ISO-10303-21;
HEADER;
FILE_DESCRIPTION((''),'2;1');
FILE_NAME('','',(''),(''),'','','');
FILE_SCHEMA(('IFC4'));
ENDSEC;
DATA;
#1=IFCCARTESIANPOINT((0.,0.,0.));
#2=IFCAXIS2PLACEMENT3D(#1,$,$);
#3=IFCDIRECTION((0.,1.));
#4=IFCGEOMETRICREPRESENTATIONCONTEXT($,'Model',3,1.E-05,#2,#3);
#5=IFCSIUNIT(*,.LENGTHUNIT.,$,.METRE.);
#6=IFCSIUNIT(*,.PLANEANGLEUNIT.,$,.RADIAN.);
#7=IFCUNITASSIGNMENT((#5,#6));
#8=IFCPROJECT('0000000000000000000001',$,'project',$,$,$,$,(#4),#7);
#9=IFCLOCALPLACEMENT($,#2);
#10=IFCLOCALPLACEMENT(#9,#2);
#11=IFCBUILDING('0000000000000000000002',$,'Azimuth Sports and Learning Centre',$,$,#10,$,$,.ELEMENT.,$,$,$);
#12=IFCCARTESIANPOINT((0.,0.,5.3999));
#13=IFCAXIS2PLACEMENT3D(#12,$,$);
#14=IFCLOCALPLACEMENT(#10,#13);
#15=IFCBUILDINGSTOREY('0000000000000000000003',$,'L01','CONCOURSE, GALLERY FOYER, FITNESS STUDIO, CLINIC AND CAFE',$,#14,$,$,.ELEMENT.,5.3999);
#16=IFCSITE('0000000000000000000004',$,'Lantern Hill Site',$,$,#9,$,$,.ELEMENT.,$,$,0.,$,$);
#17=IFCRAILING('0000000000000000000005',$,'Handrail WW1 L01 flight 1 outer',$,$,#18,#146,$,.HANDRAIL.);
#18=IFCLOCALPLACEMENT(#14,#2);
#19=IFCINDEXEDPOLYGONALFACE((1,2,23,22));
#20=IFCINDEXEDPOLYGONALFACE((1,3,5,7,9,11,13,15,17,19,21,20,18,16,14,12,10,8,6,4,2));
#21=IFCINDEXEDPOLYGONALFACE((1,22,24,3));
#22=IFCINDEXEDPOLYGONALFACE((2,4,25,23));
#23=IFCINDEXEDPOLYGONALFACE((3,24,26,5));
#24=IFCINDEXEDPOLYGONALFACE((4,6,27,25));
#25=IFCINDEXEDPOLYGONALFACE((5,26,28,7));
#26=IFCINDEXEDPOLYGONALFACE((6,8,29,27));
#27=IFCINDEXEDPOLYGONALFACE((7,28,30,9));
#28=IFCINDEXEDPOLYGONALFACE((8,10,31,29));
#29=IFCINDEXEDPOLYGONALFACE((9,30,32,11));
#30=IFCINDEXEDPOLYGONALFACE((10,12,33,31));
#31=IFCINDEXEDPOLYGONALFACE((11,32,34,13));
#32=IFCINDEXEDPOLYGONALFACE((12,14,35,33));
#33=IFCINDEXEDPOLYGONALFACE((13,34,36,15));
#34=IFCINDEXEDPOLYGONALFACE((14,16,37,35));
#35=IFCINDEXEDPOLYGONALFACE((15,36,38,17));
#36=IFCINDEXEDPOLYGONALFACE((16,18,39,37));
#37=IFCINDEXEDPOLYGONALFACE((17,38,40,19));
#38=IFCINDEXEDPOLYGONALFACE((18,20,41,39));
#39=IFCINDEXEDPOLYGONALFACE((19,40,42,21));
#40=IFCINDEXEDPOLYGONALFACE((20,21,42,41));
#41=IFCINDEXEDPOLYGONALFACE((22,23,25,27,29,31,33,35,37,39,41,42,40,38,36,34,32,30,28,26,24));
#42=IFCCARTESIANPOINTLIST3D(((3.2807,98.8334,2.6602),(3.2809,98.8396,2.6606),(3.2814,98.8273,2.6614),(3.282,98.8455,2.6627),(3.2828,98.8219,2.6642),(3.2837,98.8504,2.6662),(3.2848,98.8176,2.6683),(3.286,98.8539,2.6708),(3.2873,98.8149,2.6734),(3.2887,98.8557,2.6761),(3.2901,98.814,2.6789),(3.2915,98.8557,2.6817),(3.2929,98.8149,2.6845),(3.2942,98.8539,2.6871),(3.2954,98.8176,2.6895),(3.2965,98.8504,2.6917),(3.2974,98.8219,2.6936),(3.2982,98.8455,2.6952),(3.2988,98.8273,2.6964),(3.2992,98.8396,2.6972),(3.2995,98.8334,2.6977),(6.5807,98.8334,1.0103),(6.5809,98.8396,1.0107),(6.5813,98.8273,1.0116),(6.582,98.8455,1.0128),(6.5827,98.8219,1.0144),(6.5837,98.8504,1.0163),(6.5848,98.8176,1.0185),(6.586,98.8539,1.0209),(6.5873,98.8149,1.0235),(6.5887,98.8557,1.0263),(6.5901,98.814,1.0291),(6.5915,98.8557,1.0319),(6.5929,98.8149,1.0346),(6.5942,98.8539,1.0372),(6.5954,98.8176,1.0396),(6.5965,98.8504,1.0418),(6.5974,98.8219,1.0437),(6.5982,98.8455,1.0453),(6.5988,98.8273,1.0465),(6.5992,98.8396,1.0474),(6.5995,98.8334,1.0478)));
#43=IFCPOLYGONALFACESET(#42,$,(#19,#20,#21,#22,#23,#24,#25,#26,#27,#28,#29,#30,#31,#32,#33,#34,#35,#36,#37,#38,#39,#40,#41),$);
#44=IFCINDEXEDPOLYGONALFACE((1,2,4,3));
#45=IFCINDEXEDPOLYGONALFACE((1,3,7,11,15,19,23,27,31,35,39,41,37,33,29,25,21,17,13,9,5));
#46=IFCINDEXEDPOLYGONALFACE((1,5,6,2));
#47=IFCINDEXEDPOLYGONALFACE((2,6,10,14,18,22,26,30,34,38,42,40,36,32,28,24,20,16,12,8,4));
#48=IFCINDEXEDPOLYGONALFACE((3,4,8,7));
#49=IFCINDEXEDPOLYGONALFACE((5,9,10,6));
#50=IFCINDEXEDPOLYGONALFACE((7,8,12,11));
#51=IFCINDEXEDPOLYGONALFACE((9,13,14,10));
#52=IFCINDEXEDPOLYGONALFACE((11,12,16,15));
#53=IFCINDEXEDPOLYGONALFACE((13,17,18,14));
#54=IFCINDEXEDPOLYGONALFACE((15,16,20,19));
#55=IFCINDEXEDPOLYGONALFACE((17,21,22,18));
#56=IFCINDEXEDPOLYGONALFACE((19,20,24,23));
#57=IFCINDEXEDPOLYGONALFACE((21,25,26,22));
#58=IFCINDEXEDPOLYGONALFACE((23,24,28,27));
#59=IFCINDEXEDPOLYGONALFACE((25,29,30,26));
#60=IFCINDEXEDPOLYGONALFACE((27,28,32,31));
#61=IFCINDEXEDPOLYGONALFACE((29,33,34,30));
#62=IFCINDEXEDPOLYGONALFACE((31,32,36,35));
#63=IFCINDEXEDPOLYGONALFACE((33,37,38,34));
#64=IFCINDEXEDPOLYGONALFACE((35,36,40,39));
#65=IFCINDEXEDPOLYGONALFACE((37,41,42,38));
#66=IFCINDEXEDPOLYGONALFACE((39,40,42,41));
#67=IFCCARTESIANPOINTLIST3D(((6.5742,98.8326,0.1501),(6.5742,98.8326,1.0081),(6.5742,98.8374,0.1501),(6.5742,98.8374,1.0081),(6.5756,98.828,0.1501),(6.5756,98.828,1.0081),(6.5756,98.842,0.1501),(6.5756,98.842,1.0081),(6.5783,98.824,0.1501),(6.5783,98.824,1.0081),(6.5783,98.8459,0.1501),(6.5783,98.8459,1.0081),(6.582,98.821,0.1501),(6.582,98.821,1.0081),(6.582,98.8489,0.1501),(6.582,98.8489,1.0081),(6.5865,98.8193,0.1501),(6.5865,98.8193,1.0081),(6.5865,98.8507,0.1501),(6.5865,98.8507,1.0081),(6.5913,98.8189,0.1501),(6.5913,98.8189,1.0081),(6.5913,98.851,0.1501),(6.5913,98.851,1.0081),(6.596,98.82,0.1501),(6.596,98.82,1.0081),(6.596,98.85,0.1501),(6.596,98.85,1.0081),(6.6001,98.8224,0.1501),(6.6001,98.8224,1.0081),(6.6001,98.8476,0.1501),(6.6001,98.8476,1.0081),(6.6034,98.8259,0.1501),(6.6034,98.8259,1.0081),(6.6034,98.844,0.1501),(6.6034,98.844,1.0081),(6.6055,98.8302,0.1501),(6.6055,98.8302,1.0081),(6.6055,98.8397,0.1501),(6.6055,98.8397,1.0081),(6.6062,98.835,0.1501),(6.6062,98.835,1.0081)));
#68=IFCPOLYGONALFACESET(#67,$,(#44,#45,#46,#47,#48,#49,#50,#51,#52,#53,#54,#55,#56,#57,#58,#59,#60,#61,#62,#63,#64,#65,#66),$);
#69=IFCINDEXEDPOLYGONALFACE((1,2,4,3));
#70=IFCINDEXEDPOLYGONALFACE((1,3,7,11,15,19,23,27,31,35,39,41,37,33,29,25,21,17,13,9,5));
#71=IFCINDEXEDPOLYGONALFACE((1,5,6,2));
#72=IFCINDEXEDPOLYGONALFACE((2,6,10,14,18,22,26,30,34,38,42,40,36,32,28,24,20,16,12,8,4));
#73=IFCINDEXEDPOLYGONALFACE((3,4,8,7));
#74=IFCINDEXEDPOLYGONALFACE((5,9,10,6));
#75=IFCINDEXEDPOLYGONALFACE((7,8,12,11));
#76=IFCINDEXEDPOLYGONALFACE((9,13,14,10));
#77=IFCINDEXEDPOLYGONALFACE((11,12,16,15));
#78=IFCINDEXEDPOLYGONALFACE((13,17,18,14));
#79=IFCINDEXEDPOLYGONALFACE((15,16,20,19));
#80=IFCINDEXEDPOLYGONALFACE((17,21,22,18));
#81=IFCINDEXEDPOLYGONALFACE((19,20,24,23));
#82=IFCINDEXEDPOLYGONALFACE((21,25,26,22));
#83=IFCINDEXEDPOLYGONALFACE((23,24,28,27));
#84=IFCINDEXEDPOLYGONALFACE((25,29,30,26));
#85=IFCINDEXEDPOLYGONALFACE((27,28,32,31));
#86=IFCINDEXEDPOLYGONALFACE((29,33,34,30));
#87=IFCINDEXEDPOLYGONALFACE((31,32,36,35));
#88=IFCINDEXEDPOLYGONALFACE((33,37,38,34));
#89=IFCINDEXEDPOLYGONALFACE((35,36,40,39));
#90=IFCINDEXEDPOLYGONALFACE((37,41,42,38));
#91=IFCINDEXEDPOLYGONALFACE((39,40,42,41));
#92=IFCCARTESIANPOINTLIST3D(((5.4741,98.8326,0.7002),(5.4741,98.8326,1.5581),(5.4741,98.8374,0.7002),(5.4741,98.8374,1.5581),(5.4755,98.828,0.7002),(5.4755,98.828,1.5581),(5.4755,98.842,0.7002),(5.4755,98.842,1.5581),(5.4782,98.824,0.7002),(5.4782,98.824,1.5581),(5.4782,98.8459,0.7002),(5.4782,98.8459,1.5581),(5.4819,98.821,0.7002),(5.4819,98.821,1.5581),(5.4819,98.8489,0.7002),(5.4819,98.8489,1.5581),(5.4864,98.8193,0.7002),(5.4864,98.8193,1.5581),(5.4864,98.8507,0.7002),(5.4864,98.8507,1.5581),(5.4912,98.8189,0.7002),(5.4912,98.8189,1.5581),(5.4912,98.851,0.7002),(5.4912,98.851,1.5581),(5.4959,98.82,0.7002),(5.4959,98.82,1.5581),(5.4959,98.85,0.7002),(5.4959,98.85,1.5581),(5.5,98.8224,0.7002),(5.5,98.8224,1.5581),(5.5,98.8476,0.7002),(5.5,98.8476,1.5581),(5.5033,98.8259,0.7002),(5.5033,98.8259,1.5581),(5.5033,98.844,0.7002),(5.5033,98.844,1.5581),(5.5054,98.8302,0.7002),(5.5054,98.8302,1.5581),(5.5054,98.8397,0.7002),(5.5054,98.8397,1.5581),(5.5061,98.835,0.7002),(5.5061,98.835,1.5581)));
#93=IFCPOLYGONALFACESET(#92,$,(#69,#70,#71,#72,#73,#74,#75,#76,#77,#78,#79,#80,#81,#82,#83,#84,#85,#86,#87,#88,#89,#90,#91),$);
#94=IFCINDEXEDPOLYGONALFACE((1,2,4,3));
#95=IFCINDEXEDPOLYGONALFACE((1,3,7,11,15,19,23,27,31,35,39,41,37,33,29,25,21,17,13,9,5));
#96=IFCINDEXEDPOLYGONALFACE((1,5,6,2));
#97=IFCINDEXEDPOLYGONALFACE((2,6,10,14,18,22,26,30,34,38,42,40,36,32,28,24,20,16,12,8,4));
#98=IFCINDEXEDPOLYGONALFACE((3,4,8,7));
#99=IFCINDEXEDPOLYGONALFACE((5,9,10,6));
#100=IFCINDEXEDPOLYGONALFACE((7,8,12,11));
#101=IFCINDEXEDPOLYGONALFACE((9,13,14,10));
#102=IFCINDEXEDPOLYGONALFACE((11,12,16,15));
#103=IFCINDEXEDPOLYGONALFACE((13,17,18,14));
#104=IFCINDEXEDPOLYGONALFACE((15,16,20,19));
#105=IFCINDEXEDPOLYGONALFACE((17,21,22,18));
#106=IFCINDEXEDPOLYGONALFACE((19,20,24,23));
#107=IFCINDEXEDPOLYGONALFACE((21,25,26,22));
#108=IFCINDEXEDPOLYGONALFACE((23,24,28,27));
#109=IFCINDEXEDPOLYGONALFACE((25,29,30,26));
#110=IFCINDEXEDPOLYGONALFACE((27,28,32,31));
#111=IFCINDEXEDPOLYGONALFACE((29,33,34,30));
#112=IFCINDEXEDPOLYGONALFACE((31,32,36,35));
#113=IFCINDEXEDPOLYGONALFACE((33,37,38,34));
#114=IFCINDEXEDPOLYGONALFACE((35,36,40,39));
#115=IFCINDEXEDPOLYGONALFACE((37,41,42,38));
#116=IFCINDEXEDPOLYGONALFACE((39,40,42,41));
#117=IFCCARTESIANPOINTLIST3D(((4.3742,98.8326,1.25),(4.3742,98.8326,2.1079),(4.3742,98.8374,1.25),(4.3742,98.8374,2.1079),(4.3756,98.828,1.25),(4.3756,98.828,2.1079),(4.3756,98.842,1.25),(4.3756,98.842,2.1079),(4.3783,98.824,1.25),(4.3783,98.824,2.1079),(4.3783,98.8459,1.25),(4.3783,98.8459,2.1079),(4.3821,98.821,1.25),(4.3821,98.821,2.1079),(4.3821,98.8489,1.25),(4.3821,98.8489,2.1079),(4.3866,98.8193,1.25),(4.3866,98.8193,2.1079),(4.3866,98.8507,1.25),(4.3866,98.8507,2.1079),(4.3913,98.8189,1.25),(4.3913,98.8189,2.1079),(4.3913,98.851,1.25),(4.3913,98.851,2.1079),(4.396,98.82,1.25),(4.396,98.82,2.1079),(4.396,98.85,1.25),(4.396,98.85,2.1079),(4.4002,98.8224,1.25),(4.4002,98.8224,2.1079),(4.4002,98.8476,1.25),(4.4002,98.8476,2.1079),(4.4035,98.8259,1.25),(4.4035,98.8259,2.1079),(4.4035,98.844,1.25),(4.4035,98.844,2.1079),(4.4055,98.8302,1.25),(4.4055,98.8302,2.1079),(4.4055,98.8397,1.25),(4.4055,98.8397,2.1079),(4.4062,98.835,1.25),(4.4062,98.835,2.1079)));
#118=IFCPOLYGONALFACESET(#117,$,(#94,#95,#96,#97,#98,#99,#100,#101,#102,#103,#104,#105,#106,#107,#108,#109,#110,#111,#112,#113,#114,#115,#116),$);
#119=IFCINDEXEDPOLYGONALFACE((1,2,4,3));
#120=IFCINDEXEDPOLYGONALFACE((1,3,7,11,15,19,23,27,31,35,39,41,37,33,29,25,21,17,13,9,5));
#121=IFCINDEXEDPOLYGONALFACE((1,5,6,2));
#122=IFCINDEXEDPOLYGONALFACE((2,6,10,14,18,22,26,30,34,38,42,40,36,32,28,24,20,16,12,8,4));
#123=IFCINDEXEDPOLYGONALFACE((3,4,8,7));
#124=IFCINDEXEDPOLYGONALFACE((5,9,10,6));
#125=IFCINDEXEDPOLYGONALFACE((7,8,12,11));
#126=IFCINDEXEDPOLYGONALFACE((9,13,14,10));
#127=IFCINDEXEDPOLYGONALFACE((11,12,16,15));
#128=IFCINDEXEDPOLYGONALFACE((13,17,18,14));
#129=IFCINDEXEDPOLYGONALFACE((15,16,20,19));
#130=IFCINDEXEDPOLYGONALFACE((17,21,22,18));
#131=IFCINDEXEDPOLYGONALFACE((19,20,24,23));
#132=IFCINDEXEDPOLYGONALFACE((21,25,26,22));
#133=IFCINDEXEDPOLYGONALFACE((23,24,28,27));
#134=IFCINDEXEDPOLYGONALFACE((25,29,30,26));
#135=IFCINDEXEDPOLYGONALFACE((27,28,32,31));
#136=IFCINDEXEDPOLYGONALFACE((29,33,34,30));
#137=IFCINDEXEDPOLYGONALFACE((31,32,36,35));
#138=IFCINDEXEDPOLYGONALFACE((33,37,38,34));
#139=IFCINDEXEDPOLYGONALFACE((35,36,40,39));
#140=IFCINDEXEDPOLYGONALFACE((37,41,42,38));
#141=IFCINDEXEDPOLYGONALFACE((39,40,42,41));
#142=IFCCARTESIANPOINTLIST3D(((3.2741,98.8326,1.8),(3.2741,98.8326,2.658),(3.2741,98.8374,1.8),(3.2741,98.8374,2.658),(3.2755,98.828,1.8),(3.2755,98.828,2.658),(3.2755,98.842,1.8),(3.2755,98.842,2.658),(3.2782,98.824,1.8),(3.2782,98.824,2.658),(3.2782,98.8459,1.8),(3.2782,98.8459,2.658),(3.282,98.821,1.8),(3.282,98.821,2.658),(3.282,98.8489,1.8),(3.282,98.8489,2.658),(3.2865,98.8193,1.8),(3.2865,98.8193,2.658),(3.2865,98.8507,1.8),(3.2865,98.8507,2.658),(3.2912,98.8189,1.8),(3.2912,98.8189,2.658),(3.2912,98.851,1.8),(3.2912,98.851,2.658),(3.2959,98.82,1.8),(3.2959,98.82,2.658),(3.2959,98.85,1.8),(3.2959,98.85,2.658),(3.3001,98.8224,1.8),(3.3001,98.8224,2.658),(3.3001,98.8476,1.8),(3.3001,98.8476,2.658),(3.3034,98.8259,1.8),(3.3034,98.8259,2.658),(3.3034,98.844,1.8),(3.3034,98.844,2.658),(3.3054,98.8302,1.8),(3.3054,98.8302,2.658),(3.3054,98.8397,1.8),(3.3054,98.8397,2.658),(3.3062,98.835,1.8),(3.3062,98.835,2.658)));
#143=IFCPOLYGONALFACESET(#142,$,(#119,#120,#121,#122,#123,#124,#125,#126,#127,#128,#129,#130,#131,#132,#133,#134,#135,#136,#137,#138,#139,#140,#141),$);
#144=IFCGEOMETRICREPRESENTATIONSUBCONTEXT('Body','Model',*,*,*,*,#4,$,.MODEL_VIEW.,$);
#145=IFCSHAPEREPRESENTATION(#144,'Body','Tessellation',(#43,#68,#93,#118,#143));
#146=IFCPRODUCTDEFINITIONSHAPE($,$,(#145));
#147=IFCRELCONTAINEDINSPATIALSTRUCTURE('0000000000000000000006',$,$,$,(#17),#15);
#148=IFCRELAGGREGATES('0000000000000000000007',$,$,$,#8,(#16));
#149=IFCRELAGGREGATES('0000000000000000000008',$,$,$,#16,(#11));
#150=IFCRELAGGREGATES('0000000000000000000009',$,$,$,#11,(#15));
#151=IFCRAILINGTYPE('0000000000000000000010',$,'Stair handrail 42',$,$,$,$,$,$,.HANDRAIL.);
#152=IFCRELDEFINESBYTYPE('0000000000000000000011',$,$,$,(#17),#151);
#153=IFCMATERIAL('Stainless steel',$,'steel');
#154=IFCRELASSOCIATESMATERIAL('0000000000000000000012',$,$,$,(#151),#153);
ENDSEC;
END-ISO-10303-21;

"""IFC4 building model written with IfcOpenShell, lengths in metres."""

from ifc_helpers import new_model, si_unit, direction, frame, origin, origin_2d, place, context, subcontext, project, spatial, circle, extrude, material, type_object, element, save


model = new_model("IFC4")

# Units and contexts
model_context = context("Model", 3, precision=1e-05, world=origin(), true_north=direction((0.0, 1.0)))
body_context = subcontext(model_context, "Body", "Model", "MODEL_VIEW")
ifc_project = project(units=[si_unit("LENGTHUNIT", "METRE"), si_unit("PLANEANGLEUNIT", "RADIAN")], contexts=[model_context])

# Site, building, storey
site_placement = place(None, origin())
site = spatial("IfcSite", under=ifc_project, at=site_placement, Name="Lantern Hill Site", CompositionType="ELEMENT", RefElevation=0.0)
building_placement = place(site_placement, origin())
building = spatial("IfcBuilding", under=site, at=building_placement, Name="Azimuth Sports and Learning Centre", CompositionType="ELEMENT")
storey_placement = place(building_placement, frame((0.0, 0.0, 5.3999)))
storey = spatial("IfcBuildingStorey", under=building, at=storey_placement, Name="L01", Description="CONCOURSE, GALLERY FOYER, FITNESS STUDIO, CLINIC AND CAFE", CompositionType="ELEMENT", Elevation=5.3999)

# Railing
ifc_material_1 = material(Name="Stainless steel", Category="steel")
railing_type = type_object("IfcRailingType", Name="Stair handrail 42", PredefinedType="HANDRAIL", material=ifc_material_1)
for number, where, name in (
    (1, (6.5901, 98.835, 0.1501), "Handrail WW1 L01 flight 1 outer"),
):
    element("IfcRailing", number, at=place(storey_placement, frame(where)), inside=storey, type_object=railing_type, Name=name, PredefinedType="HANDRAIL", context=body_context, shape_type="SweptSolid", body=[
        extrude(circle(Radius=0.021, at=origin_2d()), frame((0.0, 0.0, 0.8789), z_axis=(-0.89444, 0.0, 0.447187), x_axis=(0.0, -1.0, 0.0)), (0.0, 0.0, 1.0), 3.6895),
        extrude(circle(Radius=0.0161, at=origin_2d()), origin(), (0.0, 0.0, 1.0), 0.8579),
        extrude(circle(Radius=0.0161, at=origin_2d()), frame((-1.1001, 0.0, 0.55)), (0.0, 0.0, 1.0), 0.8579),
        extrude(circle(Radius=0.0161, at=origin_2d()), frame((-2.2, 0.0, 1.0999)), (0.0, 0.0, 1.0), 0.8579),
        extrude(circle(Radius=0.0161, at=origin_2d()), frame((-3.3, 0.0, 1.6499)), (0.0, 0.0, 1.0), 0.8579),
    ])

save(model, "model.ifc")
